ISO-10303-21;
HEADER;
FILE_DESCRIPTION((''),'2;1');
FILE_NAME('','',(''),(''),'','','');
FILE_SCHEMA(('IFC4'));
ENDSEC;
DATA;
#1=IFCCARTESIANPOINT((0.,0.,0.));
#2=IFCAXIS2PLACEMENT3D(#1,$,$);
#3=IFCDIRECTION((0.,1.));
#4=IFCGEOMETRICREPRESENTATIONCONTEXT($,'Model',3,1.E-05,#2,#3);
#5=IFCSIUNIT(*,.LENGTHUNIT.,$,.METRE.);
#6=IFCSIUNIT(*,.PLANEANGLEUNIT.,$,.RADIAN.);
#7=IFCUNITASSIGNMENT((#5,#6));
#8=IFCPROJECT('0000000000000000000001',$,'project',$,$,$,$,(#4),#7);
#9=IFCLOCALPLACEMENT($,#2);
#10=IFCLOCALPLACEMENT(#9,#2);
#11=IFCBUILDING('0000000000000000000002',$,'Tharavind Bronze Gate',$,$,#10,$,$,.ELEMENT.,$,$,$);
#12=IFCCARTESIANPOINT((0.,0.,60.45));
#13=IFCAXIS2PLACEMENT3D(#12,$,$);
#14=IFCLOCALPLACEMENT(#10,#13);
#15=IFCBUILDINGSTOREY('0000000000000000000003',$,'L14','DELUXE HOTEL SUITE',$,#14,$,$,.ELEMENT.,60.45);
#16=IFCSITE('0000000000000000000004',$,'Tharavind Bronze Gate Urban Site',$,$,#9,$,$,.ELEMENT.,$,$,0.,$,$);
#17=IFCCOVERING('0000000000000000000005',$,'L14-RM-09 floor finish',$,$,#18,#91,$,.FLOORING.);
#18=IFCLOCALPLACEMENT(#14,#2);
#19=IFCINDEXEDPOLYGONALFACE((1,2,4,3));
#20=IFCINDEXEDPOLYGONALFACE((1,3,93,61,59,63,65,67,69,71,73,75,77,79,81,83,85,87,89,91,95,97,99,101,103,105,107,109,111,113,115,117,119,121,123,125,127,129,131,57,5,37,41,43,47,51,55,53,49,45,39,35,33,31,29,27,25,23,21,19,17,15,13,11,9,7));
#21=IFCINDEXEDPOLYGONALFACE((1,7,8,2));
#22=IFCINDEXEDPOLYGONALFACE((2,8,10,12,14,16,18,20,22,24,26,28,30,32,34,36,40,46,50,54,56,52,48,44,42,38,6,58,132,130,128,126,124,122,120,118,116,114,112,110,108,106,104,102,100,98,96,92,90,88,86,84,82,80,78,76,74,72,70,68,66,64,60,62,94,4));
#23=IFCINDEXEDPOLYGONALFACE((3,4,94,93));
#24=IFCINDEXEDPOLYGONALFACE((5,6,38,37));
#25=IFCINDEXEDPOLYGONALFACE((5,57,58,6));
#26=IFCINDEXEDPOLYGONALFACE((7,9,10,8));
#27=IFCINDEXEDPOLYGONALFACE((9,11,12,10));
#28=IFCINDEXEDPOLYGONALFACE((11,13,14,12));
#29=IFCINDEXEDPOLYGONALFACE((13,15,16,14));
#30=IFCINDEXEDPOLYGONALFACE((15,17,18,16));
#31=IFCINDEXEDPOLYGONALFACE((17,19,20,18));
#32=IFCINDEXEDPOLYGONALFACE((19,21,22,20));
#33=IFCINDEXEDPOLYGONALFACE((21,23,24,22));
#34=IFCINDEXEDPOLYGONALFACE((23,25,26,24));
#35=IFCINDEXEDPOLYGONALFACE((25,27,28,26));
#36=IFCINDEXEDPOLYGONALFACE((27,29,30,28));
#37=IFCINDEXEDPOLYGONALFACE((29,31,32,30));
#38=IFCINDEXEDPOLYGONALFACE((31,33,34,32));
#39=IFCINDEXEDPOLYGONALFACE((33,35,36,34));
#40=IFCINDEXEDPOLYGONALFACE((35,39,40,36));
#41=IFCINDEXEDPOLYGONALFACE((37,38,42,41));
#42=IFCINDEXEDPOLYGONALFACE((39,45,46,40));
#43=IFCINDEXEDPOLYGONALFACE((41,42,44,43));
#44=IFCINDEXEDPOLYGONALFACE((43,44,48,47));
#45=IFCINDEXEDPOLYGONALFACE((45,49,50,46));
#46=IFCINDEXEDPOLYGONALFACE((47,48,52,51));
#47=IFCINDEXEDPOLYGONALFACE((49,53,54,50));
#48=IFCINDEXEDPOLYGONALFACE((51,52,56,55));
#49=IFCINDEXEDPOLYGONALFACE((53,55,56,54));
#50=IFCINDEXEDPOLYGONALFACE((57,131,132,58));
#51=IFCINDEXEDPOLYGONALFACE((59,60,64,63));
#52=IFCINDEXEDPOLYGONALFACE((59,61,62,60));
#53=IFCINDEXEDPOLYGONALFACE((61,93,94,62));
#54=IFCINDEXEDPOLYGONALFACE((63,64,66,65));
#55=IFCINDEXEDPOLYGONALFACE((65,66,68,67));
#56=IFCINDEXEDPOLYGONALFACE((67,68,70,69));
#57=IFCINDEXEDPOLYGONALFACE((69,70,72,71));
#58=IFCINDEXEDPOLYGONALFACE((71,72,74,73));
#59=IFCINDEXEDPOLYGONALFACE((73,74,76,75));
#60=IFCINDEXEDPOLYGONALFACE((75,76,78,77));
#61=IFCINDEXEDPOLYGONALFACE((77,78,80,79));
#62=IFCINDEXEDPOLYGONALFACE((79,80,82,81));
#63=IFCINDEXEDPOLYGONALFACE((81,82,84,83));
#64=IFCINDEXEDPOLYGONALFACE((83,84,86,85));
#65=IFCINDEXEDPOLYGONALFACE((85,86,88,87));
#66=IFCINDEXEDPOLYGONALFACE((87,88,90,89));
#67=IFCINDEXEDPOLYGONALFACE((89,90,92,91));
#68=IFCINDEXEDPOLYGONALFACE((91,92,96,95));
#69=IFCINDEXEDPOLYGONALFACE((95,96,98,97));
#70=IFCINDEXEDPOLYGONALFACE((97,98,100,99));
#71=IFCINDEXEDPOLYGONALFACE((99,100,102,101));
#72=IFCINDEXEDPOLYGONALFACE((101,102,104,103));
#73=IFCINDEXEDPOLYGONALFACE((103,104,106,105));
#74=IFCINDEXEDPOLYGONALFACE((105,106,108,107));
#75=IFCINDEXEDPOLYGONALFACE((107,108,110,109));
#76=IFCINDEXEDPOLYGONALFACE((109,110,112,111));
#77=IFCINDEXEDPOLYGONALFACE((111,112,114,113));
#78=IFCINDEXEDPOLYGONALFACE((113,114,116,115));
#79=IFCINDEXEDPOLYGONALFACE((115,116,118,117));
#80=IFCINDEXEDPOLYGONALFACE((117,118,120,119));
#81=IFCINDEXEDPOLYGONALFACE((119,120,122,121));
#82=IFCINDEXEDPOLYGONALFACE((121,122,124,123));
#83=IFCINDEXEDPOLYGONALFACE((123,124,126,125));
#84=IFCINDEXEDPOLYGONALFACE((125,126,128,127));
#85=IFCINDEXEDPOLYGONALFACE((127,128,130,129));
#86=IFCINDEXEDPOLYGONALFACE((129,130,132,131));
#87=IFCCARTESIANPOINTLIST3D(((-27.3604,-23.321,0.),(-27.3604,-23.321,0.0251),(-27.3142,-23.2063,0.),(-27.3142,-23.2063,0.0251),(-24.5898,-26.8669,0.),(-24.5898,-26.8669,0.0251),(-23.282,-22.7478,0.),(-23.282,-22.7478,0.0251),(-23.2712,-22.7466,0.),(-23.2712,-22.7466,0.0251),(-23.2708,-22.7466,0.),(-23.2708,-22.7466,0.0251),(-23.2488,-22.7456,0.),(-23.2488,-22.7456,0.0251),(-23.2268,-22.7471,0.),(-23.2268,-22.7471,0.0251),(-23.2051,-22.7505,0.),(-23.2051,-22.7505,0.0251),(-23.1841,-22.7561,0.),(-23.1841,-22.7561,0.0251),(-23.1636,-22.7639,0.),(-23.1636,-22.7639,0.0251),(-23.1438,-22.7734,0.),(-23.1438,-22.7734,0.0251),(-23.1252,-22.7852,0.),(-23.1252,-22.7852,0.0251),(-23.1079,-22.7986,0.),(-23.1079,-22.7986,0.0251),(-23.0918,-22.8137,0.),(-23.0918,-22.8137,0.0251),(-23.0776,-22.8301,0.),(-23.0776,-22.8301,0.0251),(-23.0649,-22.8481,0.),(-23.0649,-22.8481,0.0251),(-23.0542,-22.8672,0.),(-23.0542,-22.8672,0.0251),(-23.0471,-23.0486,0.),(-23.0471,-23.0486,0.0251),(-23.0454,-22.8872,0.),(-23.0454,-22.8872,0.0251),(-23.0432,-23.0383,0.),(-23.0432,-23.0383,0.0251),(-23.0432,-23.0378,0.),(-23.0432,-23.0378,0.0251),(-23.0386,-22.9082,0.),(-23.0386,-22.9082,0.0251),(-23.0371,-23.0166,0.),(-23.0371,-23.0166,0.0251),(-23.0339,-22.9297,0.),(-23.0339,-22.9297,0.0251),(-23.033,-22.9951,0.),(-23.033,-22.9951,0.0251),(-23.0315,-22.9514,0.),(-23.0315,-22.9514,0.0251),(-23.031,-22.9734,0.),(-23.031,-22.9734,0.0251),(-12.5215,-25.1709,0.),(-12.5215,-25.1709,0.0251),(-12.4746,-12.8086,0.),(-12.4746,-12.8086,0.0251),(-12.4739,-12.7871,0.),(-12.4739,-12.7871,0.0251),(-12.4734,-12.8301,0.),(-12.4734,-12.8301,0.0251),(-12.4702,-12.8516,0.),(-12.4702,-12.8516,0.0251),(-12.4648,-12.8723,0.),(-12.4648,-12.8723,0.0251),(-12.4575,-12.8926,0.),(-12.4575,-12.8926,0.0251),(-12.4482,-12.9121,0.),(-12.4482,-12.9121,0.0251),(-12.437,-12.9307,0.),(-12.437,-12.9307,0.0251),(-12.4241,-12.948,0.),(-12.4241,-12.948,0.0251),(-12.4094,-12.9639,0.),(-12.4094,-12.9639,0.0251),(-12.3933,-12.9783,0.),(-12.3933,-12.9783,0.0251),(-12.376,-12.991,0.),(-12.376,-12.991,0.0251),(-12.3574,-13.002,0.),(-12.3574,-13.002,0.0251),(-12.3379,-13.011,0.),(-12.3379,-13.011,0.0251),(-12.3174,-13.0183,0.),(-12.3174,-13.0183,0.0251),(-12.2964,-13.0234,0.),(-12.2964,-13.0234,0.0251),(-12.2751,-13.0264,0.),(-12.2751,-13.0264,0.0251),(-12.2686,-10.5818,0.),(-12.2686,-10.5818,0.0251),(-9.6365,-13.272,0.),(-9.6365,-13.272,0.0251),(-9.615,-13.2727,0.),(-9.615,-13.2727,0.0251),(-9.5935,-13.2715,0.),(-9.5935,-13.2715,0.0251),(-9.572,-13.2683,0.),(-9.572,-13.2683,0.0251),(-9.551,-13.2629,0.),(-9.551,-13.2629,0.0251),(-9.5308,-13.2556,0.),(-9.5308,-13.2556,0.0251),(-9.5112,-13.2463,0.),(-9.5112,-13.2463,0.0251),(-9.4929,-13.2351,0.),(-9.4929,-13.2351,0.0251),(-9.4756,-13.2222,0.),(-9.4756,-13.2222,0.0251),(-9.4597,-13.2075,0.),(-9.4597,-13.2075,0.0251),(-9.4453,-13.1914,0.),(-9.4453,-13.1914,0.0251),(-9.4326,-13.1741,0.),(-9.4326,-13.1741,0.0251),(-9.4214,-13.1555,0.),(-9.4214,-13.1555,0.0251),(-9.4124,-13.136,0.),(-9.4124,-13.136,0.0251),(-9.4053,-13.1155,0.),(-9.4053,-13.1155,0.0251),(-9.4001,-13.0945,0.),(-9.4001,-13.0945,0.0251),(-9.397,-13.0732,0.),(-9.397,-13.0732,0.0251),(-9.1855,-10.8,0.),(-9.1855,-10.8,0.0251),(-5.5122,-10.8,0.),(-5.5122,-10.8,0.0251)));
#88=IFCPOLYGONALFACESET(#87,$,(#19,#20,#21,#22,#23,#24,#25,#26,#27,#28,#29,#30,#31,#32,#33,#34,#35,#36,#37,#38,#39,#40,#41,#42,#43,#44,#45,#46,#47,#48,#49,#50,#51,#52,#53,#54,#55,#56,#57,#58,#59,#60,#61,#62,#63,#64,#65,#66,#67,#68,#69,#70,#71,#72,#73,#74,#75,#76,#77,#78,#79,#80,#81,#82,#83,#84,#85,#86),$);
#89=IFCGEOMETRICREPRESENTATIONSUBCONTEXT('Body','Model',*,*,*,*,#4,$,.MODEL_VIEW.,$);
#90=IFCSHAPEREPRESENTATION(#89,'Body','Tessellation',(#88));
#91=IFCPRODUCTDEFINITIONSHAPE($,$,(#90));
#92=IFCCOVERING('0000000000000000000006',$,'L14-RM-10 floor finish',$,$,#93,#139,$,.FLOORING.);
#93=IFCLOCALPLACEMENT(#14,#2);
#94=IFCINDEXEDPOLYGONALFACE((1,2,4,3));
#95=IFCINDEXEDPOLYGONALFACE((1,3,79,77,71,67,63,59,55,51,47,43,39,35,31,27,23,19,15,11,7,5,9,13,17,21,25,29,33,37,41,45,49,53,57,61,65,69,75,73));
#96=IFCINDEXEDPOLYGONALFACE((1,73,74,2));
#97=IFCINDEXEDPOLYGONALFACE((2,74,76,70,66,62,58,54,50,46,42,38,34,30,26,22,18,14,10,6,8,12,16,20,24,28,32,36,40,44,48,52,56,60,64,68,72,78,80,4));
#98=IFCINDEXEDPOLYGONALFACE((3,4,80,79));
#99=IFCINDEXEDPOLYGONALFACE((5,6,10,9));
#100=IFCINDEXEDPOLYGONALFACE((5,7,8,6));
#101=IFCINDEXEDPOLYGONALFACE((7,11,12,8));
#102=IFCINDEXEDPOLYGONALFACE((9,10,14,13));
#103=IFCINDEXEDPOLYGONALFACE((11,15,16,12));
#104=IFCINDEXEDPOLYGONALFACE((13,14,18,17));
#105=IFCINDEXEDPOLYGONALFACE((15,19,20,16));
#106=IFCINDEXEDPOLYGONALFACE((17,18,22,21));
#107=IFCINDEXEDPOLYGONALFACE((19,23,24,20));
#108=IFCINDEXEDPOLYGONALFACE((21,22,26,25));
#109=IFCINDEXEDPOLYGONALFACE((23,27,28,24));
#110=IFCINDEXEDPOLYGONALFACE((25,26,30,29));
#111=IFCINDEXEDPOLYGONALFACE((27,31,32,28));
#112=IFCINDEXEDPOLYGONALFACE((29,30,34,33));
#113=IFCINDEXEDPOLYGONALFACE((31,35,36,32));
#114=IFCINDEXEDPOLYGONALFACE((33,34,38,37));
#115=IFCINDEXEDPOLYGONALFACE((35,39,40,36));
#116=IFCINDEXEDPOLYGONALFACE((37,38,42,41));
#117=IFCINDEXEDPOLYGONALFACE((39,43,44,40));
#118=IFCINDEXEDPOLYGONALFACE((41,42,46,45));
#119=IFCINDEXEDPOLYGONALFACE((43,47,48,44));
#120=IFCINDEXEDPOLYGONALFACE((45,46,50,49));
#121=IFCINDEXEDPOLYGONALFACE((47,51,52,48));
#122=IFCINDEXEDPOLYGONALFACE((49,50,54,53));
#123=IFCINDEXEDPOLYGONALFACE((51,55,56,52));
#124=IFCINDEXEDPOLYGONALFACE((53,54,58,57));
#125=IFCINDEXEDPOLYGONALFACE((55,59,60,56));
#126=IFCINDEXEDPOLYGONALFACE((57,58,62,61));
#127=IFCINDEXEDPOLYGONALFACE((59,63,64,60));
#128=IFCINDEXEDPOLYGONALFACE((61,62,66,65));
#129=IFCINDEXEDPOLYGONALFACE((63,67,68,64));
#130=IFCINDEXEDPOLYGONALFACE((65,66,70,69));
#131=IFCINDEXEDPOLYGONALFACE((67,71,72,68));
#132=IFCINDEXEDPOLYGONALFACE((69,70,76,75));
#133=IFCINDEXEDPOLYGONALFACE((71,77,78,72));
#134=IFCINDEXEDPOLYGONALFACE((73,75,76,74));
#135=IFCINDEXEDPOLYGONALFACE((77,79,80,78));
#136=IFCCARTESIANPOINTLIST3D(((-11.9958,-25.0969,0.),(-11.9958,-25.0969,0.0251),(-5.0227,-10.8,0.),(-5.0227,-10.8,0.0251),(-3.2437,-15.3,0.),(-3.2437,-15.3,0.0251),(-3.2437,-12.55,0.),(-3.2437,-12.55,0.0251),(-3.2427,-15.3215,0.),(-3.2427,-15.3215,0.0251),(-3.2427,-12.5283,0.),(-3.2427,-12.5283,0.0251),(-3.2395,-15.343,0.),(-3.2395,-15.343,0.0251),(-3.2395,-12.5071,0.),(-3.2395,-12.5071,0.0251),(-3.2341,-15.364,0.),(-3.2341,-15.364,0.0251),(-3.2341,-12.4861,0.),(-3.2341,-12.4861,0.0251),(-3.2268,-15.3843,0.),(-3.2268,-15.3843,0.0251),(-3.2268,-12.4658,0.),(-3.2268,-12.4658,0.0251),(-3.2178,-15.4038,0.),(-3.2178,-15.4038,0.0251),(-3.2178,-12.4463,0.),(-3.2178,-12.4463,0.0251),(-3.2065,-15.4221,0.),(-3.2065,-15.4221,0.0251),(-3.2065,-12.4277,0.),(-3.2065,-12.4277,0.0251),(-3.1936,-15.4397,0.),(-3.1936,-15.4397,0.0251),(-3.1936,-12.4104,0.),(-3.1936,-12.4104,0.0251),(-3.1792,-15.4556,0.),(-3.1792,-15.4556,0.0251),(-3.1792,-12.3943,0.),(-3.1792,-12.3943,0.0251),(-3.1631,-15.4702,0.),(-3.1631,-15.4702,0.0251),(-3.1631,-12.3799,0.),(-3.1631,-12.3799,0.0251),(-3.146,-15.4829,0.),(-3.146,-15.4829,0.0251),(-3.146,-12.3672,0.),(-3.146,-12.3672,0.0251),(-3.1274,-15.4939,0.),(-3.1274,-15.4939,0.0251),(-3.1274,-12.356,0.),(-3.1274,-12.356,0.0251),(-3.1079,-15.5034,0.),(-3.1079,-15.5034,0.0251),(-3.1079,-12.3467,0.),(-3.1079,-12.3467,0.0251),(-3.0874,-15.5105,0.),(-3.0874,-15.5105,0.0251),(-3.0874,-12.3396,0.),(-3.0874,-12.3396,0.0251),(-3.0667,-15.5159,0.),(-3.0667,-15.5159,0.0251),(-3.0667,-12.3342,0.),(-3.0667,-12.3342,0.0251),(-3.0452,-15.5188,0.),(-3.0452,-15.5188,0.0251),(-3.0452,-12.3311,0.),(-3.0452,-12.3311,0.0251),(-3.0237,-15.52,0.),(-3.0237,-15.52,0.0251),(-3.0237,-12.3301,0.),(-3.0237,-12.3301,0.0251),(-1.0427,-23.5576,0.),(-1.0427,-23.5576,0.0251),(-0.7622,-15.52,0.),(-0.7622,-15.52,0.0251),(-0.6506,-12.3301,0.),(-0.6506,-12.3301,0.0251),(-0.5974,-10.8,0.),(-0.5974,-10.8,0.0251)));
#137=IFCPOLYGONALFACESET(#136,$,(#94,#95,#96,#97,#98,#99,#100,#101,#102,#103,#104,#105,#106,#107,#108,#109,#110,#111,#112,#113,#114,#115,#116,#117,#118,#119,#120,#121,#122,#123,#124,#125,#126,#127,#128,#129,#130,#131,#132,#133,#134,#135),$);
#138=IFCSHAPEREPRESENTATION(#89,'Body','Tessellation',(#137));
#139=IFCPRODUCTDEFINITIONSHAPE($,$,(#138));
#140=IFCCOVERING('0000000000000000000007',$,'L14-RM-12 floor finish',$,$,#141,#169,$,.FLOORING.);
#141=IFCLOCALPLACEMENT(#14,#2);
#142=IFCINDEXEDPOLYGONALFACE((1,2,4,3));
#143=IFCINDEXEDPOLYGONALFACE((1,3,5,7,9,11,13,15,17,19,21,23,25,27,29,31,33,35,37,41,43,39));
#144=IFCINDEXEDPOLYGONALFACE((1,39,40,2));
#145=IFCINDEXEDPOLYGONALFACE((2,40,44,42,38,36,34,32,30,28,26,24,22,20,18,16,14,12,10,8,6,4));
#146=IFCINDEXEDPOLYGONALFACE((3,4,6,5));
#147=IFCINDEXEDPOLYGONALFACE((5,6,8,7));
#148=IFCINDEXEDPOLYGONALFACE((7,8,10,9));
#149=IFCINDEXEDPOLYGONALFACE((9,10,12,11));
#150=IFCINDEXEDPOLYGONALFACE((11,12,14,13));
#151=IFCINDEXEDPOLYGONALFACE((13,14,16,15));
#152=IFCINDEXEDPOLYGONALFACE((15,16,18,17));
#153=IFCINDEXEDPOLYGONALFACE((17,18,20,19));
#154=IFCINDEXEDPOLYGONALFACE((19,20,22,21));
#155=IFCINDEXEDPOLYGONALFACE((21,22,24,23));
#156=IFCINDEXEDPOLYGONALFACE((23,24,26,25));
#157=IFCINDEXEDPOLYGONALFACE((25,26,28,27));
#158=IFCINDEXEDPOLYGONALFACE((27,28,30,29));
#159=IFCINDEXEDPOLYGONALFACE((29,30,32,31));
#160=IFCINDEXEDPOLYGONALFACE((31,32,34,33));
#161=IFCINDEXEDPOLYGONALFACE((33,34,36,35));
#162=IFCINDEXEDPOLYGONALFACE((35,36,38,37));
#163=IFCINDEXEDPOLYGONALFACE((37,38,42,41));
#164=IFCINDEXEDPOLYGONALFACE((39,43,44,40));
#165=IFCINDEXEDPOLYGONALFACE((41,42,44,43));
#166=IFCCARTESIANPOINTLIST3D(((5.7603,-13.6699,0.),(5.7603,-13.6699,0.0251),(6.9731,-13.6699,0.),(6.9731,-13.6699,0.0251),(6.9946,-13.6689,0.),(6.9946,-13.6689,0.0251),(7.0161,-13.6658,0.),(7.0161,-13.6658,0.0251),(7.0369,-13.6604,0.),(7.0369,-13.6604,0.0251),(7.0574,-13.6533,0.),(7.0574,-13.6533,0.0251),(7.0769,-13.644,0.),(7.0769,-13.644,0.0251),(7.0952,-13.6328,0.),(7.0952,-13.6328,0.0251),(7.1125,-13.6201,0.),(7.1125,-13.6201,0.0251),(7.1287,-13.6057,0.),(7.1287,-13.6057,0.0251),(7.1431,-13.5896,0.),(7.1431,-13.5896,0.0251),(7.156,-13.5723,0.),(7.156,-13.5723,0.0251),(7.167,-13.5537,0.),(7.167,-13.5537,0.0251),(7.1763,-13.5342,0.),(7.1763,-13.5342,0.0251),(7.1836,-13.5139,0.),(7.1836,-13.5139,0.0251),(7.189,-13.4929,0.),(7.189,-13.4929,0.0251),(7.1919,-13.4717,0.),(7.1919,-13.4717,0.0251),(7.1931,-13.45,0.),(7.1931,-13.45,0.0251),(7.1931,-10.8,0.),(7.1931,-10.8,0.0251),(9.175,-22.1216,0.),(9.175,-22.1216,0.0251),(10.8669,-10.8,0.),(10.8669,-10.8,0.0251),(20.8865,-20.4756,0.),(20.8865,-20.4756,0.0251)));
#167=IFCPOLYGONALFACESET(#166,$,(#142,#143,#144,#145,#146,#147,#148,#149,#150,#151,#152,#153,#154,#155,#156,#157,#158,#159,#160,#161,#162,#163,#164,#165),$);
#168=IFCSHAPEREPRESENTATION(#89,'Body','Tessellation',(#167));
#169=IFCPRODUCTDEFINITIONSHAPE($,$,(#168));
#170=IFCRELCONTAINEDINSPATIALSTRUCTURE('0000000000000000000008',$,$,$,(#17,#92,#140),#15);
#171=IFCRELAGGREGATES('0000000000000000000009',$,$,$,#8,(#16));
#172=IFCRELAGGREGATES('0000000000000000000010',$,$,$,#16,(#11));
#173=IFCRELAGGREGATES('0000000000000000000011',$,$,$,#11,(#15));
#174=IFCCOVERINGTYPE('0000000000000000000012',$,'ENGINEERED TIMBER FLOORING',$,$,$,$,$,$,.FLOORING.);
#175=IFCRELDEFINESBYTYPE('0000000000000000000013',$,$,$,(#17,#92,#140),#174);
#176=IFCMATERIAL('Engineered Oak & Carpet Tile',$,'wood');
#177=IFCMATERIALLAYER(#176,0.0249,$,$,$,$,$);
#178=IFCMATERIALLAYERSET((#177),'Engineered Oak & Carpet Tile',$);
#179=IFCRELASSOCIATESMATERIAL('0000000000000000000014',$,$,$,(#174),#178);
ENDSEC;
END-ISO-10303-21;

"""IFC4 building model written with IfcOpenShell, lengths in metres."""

from ifc_helpers import new_model, si_unit, direction, frame, origin, place, context, subcontext, project, spatial, polyline, outline, extrude, material, layer, layer_set, type_object, element, save


model = new_model("IFC4")

# Units and contexts
model_context = context("Model", 3, precision=1e-05, world=origin(), true_north=direction((0.0, 1.0)))
body_context = subcontext(model_context, "Body", "Model", "MODEL_VIEW")
ifc_project = project(units=[si_unit("LENGTHUNIT", "METRE"), si_unit("PLANEANGLEUNIT", "RADIAN")], contexts=[model_context])

# Site, building, storey
site_placement = place(None, origin())
site = spatial("IfcSite", under=ifc_project, at=site_placement, Name="Tharavind Bronze Gate Urban Site", CompositionType="ELEMENT", RefElevation=0.0)
building_placement = place(site_placement, origin())
building = spatial("IfcBuilding", under=site, at=building_placement, Name="Tharavind Bronze Gate", CompositionType="ELEMENT")
storey_placement = place(building_placement, frame((0.0, 0.0, 60.45)))
storey = spatial("IfcBuildingStorey", under=building, at=storey_placement, Name="L14", Description="DELUXE HOTEL SUITE", CompositionType="ELEMENT", Elevation=60.45)

# Coverings
ifc_material_1 = material(Name="Engineered Oak & Carpet Tile", Category="wood")
ifc_layer_1 = layer(ifc_material_1, 0.0249)
ifc_layer_set_1 = layer_set([ifc_layer_1], Name="Engineered Oak & Carpet Tile")
covering_type_1 = type_object("IfcCoveringType", Name="ENGINEERED TIMBER FLOORING", PredefinedType="FLOORING", material=ifc_layer_set_1)
covering_1_placement = place(storey_placement, origin())
element("IfcCovering", 1, at=covering_1_placement, inside=storey, type_object=covering_type_1, Name="L14-RM-09 floor finish", PredefinedType="FLOORING", context=body_context, shape_type="SweptSolid", body=[
    extrude(outline(polyline([(-23.282, -22.7478), (-23.2712, -22.7466), (-23.2708, -22.7466), (-23.2488, -22.7456), (-23.2268, -22.7471), (-23.2051, -22.7505), (-23.1841, -22.7561), (-23.1636, -22.7639), (-23.1438, -22.7734), (-23.1252, -22.7852), (-23.1079, -22.7986), (-23.0918, -22.8137), (-23.0776, -22.8301), (-23.0649, -22.8481), (-23.0542, -22.8672), (-23.0454, -22.8872), (-23.0386, -22.9082), (-23.0339, -22.9297), (-23.0315, -22.9514), (-23.031, -22.9734), (-23.033, -22.9951), (-23.0371, -23.0166), (-23.0432, -23.0378), (-23.0432, -23.0383), (-23.0471, -23.0486), (-24.5898, -26.8669), (-12.5215, -25.1709), (-5.5122, -10.8), (-9.1855, -10.8), (-9.397, -13.0732), (-9.4001, -13.0945), (-9.4053, -13.1155), (-9.4124, -13.136), (-9.4214, -13.1555), (-9.4326, -13.1741), (-9.4453, -13.1914), (-9.4597, -13.2075), (-9.4756, -13.2222), (-9.4929, -13.2351), (-9.5112, -13.2463), (-9.5308, -13.2556), (-9.551, -13.2629), (-9.572, -13.2683), (-9.5935, -13.2715), (-9.615, -13.2727), (-9.6365, -13.272), (-12.2751, -13.0264), (-12.2964, -13.0234), (-12.3174, -13.0183), (-12.3379, -13.011), (-12.3574, -13.002), (-12.376, -12.991), (-12.3933, -12.9783), (-12.4094, -12.9639), (-12.4241, -12.948), (-12.437, -12.9307), (-12.4482, -12.9121), (-12.4575, -12.8926), (-12.4648, -12.8723), (-12.4702, -12.8516), (-12.4734, -12.8301), (-12.4746, -12.8086), (-12.4739, -12.7871), (-12.2686, -10.5818), (-27.3142, -23.2063), (-27.3604, -23.321), (-23.282, -22.7478)])), origin(), (0.0, 0.0, 1.0), 0.0251),
])
covering_2_placement = place(storey_placement, origin())
element("IfcCovering", 2, at=covering_2_placement, inside=storey, type_object=covering_type_1, Name="L14-RM-10 floor finish", PredefinedType="FLOORING", context=body_context, shape_type="SweptSolid", body=[
    extrude(outline(polyline([(-1.0427, -23.5576), (-0.7622, -15.52), (-3.0237, -15.52), (-3.0452, -15.5188), (-3.0667, -15.5159), (-3.0874, -15.5105), (-3.1079, -15.5034), (-3.1274, -15.4939), (-3.146, -15.4829), (-3.1631, -15.4702), (-3.1792, -15.4556), (-3.1936, -15.4397), (-3.2065, -15.4221), (-3.2178, -15.4038), (-3.2268, -15.3843), (-3.2341, -15.364), (-3.2395, -15.343), (-3.2427, -15.3215), (-3.2437, -15.3), (-3.2437, -12.55), (-3.2427, -12.5283), (-3.2395, -12.5071), (-3.2341, -12.4861), (-3.2268, -12.4658), (-3.2178, -12.4463), (-3.2065, -12.4277), (-3.1936, -12.4104), (-3.1792, -12.3943), (-3.1631, -12.3799), (-3.146, -12.3672), (-3.1274, -12.356), (-3.1079, -12.3467), (-3.0874, -12.3396), (-3.0667, -12.3342), (-3.0452, -12.3311), (-3.0237, -12.3301), (-0.6506, -12.3301), (-0.5974, -10.8), (-5.0227, -10.8), (-11.9958, -25.0969), (-1.0427, -23.5576)])), origin(), (0.0, 0.0, 1.0), 0.0251),
])
covering_3_placement = place(storey_placement, origin())
element("IfcCovering", 3, at=covering_3_placement, inside=storey, type_object=covering_type_1, Name="L14-RM-12 floor finish", PredefinedType="FLOORING", context=body_context, shape_type="SweptSolid", body=[
    extrude(outline(polyline([(7.1931, -13.45), (7.1919, -13.4717), (7.189, -13.4929), (7.1836, -13.5139), (7.1763, -13.5342), (7.167, -13.5537), (7.156, -13.5723), (7.1431, -13.5896), (7.1287, -13.6057), (7.1125, -13.6201), (7.0952, -13.6328), (7.0769, -13.644), (7.0574, -13.6533), (7.0369, -13.6604), (7.0161, -13.6658), (6.9946, -13.6689), (6.9731, -13.6699), (5.7603, -13.6699), (9.175, -22.1216), (20.8865, -20.4756), (10.8669, -10.8), (7.1931, -10.8), (7.1931, -13.45)])), origin(), (0.0, 0.0, 1.0), 0.0251),
])

save(model, "model.ifc")
